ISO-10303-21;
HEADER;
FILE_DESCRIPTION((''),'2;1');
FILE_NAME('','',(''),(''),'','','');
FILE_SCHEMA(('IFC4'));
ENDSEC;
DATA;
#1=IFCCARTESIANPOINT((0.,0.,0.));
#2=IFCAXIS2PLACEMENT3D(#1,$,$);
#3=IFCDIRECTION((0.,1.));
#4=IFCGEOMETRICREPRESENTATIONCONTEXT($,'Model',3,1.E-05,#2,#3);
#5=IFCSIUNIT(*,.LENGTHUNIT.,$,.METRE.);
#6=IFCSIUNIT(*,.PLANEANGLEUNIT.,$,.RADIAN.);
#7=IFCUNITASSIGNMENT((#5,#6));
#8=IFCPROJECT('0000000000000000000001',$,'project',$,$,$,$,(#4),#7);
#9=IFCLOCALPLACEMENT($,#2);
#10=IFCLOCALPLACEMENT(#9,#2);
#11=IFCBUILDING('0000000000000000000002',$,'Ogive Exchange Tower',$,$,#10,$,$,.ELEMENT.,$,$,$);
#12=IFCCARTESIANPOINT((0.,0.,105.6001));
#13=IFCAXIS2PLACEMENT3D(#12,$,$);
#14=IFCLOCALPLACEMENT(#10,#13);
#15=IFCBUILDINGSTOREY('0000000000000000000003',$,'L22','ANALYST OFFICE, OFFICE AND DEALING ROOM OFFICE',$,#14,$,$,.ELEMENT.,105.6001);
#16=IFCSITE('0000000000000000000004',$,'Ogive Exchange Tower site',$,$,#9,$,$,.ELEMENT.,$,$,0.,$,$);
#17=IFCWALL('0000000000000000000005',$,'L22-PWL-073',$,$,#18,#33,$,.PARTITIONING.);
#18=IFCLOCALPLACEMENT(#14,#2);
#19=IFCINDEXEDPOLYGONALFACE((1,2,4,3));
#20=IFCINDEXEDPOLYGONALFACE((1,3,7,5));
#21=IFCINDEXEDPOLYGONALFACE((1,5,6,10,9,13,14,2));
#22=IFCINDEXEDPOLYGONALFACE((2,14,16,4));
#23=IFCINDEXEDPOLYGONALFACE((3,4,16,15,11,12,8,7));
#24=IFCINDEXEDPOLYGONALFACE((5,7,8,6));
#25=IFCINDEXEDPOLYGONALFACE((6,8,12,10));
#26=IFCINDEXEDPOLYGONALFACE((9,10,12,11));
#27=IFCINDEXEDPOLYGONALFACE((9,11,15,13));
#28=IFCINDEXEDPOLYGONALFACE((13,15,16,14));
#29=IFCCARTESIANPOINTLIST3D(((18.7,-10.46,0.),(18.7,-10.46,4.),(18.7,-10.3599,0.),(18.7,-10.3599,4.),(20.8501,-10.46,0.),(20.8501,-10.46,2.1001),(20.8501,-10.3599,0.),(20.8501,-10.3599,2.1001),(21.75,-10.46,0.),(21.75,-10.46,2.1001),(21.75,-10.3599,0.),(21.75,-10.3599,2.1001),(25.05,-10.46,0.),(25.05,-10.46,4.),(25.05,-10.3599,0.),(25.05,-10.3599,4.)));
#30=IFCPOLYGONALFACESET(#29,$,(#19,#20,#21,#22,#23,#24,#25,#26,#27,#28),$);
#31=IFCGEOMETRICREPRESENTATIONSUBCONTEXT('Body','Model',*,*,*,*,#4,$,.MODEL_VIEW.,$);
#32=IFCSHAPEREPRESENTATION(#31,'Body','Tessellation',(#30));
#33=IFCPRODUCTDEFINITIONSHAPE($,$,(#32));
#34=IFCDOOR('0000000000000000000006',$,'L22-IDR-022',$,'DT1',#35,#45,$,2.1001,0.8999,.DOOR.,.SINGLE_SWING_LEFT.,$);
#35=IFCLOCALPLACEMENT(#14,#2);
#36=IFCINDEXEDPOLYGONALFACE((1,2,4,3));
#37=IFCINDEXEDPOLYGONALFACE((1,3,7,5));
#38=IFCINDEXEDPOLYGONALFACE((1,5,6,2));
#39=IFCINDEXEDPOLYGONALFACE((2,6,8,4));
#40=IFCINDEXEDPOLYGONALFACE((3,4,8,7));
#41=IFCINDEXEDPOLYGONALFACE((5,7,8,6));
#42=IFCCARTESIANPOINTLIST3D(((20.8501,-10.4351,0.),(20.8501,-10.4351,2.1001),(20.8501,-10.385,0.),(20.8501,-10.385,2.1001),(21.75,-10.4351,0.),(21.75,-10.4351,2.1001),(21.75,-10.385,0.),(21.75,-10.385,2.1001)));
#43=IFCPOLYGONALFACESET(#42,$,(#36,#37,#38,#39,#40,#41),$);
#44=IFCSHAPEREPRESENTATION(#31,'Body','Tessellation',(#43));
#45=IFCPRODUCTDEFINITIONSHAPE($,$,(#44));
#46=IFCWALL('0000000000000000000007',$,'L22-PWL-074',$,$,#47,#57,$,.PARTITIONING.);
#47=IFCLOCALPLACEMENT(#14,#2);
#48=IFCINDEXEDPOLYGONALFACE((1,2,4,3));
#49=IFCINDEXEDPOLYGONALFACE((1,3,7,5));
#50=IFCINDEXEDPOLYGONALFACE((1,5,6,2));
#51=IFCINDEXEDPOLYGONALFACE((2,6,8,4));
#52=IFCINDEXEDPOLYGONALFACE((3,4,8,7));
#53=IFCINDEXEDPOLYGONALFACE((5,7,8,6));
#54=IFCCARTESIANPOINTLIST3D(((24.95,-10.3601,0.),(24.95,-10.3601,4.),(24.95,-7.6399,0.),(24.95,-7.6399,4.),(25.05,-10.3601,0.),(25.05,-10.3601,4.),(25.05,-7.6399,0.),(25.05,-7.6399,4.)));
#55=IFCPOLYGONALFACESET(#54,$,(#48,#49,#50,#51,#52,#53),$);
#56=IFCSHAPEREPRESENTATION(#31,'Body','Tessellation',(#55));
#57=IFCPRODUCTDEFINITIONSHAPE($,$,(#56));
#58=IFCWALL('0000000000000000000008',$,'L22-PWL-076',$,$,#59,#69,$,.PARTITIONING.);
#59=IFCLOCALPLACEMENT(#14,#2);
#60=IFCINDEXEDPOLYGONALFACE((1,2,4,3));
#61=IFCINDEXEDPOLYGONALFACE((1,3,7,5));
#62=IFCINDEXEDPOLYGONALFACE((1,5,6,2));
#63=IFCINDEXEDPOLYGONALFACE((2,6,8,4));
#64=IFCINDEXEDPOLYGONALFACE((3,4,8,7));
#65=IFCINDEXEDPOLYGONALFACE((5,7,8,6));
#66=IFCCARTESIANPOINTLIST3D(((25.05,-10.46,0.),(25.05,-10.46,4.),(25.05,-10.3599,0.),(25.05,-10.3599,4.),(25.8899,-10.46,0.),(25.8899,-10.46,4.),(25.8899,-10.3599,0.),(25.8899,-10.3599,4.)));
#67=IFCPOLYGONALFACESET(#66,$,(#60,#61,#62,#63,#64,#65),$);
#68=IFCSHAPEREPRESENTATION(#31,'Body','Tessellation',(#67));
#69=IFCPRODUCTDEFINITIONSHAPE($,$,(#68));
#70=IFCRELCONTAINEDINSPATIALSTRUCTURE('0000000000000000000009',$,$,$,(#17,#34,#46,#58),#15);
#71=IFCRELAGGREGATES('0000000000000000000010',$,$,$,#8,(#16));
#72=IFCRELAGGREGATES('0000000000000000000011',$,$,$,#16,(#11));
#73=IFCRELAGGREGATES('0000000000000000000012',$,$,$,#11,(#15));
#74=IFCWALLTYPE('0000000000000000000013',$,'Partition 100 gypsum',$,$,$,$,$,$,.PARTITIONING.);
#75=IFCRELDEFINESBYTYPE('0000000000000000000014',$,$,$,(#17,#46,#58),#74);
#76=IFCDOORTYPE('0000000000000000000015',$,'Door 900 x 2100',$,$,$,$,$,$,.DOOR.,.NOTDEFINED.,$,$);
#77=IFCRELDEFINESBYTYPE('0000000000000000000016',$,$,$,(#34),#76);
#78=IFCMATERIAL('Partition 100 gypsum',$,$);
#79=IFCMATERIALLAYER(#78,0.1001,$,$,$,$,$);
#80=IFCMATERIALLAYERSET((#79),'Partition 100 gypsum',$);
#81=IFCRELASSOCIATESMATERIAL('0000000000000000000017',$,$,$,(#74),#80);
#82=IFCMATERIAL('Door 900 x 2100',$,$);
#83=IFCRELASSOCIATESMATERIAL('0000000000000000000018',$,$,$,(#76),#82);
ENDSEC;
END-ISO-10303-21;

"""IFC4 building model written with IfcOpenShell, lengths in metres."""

from ifc_helpers import new_model, si_unit, direction, frame, frame_2d, origin, place, context, subcontext, project, spatial, rectangle, extrude, material, layer, layer_set, type_object, element, fill, save


model = new_model("IFC4")

# Units and contexts
model_context = context("Model", 3, precision=1e-05, world=origin(), true_north=direction((0.0, 1.0)))
body_context = subcontext(model_context, "Body", "Model", "MODEL_VIEW")
ifc_project = project(units=[si_unit("LENGTHUNIT", "METRE"), si_unit("PLANEANGLEUNIT", "RADIAN")], contexts=[model_context])

# Site, building, storey
site_placement = place(None, origin())
site = spatial("IfcSite", under=ifc_project, at=site_placement, Name="Ogive Exchange Tower site", CompositionType="ELEMENT", RefElevation=0.0)
building_placement = place(site_placement, origin())
building = spatial("IfcBuilding", under=site, at=building_placement, Name="Ogive Exchange Tower", CompositionType="ELEMENT")
storey_placement = place(building_placement, frame((0.0, 0.0, 105.6001)))
storey = spatial("IfcBuildingStorey", under=building, at=storey_placement, Name="L22", Description="ANALYST OFFICE, OFFICE AND DEALING ROOM OFFICE", CompositionType="ELEMENT", Elevation=105.6001)

# Wall, opening, door
ifc_material_1 = material(Name="Partition 100 gypsum")
ifc_layer_1 = layer(ifc_material_1, 0.1001)
ifc_layer_set_1 = layer_set([ifc_layer_1], Name="Partition 100 gypsum")
wall_type_1 = type_object("IfcWallType", Name="Partition 100 gypsum", PredefinedType="PARTITIONING", material=ifc_layer_set_1)
wall_1_placement = place(storey_placement, frame((25.05, -10.4099, 0.0), z_axis=(0.0, 0.0, 1.0), x_axis=(-1.0, 0.0, 0.0)))
wall_1 = element("IfcWall", 1, at=wall_1_placement, inside=storey, type_object=wall_type_1, Name="L22-PWL-073", PredefinedType="PARTITIONING", context=body_context, shape_type="SweptSolid", body=[
    extrude(rectangle(XDim=6.3501, YDim=0.1001, at=frame_2d((3.175, 0.0))), origin(), (0.0, 0.0, 1.0), 4.0),
])
opening_1_placement = place(wall_1_placement, frame((3.3, 0.0, 0.0)))
opening_1 = element("IfcOpeningElement", 2, at=opening_1_placement, cuts=wall_1, PredefinedType="OPENING", context=body_context, shape_type="SweptSolid", body=[
    extrude(rectangle(XDim=0.8999, YDim=2.1001, at=frame_2d((0.45, 1.05))), frame((0.0, 0.0601, 0.0), z_axis=(0.0, -1.0, 0.0), x_axis=(1.0, 0.0, 0.0)), (0.0, 0.0, 1.0), 0.1201),
])
ifc_material_2 = material(Name="Door 900 x 2100")
door_type_1 = type_object("IfcDoorType", Name="Door 900 x 2100", OperationType="NOTDEFINED", PredefinedType="DOOR", material=ifc_material_2)
door_1_placement = place(opening_1_placement, frame((0.8999, 0.0, 0.0), z_axis=(0.0, 0.0, 1.0), x_axis=(-1.0, 0.0, 0.0)))
door_1 = element("IfcDoor", 3, at=door_1_placement, inside=storey, type_object=door_type_1, Name="L22-IDR-022", ObjectType="DT1", OperationType="SINGLE_SWING_LEFT", OverallHeight=2.1001, OverallWidth=0.8999, PredefinedType="DOOR", context=body_context, shape_type="SweptSolid", body=[
    extrude(rectangle(XDim=0.8999, YDim=2.1001, at=frame_2d((0.45, 1.05))), frame((0.0, 0.0249, 0.0), z_axis=(0.0, -1.0, 0.0), x_axis=(1.0, 0.0, 0.0)), (0.0, 0.0, 1.0), 0.05),
])
fill(opening_1, door_1)

# Walls
wall_2_placement = place(storey_placement, frame((25.0, -10.3601, 0.0), z_axis=(0.0, 0.0, 1.0), x_axis=(0.0, 1.0, 0.0)))
element("IfcWall", 4, at=wall_2_placement, inside=storey, type_object=wall_type_1, Name="L22-PWL-074", PredefinedType="PARTITIONING", context=body_context, shape_type="SweptSolid", body=[
    extrude(rectangle(XDim=2.7202, YDim=0.1001, at=frame_2d((1.3601, 0.0))), origin(), (0.0, 0.0, 1.0), 4.0),
])
wall_3_placement = place(storey_placement, frame((25.8899, -10.4099, 0.0), z_axis=(0.0, 0.0, 1.0), x_axis=(-1.0, 0.0, 0.0)))
element("IfcWall", 5, at=wall_3_placement, inside=storey, type_object=wall_type_1, Name="L22-PWL-076", PredefinedType="PARTITIONING", context=body_context, shape_type="SweptSolid", body=[
    extrude(rectangle(XDim=0.8398, YDim=0.1001, at=frame_2d((0.4199, 0.0))), origin(), (0.0, 0.0, 1.0), 4.0),
])

save(model, "model.ifc")
